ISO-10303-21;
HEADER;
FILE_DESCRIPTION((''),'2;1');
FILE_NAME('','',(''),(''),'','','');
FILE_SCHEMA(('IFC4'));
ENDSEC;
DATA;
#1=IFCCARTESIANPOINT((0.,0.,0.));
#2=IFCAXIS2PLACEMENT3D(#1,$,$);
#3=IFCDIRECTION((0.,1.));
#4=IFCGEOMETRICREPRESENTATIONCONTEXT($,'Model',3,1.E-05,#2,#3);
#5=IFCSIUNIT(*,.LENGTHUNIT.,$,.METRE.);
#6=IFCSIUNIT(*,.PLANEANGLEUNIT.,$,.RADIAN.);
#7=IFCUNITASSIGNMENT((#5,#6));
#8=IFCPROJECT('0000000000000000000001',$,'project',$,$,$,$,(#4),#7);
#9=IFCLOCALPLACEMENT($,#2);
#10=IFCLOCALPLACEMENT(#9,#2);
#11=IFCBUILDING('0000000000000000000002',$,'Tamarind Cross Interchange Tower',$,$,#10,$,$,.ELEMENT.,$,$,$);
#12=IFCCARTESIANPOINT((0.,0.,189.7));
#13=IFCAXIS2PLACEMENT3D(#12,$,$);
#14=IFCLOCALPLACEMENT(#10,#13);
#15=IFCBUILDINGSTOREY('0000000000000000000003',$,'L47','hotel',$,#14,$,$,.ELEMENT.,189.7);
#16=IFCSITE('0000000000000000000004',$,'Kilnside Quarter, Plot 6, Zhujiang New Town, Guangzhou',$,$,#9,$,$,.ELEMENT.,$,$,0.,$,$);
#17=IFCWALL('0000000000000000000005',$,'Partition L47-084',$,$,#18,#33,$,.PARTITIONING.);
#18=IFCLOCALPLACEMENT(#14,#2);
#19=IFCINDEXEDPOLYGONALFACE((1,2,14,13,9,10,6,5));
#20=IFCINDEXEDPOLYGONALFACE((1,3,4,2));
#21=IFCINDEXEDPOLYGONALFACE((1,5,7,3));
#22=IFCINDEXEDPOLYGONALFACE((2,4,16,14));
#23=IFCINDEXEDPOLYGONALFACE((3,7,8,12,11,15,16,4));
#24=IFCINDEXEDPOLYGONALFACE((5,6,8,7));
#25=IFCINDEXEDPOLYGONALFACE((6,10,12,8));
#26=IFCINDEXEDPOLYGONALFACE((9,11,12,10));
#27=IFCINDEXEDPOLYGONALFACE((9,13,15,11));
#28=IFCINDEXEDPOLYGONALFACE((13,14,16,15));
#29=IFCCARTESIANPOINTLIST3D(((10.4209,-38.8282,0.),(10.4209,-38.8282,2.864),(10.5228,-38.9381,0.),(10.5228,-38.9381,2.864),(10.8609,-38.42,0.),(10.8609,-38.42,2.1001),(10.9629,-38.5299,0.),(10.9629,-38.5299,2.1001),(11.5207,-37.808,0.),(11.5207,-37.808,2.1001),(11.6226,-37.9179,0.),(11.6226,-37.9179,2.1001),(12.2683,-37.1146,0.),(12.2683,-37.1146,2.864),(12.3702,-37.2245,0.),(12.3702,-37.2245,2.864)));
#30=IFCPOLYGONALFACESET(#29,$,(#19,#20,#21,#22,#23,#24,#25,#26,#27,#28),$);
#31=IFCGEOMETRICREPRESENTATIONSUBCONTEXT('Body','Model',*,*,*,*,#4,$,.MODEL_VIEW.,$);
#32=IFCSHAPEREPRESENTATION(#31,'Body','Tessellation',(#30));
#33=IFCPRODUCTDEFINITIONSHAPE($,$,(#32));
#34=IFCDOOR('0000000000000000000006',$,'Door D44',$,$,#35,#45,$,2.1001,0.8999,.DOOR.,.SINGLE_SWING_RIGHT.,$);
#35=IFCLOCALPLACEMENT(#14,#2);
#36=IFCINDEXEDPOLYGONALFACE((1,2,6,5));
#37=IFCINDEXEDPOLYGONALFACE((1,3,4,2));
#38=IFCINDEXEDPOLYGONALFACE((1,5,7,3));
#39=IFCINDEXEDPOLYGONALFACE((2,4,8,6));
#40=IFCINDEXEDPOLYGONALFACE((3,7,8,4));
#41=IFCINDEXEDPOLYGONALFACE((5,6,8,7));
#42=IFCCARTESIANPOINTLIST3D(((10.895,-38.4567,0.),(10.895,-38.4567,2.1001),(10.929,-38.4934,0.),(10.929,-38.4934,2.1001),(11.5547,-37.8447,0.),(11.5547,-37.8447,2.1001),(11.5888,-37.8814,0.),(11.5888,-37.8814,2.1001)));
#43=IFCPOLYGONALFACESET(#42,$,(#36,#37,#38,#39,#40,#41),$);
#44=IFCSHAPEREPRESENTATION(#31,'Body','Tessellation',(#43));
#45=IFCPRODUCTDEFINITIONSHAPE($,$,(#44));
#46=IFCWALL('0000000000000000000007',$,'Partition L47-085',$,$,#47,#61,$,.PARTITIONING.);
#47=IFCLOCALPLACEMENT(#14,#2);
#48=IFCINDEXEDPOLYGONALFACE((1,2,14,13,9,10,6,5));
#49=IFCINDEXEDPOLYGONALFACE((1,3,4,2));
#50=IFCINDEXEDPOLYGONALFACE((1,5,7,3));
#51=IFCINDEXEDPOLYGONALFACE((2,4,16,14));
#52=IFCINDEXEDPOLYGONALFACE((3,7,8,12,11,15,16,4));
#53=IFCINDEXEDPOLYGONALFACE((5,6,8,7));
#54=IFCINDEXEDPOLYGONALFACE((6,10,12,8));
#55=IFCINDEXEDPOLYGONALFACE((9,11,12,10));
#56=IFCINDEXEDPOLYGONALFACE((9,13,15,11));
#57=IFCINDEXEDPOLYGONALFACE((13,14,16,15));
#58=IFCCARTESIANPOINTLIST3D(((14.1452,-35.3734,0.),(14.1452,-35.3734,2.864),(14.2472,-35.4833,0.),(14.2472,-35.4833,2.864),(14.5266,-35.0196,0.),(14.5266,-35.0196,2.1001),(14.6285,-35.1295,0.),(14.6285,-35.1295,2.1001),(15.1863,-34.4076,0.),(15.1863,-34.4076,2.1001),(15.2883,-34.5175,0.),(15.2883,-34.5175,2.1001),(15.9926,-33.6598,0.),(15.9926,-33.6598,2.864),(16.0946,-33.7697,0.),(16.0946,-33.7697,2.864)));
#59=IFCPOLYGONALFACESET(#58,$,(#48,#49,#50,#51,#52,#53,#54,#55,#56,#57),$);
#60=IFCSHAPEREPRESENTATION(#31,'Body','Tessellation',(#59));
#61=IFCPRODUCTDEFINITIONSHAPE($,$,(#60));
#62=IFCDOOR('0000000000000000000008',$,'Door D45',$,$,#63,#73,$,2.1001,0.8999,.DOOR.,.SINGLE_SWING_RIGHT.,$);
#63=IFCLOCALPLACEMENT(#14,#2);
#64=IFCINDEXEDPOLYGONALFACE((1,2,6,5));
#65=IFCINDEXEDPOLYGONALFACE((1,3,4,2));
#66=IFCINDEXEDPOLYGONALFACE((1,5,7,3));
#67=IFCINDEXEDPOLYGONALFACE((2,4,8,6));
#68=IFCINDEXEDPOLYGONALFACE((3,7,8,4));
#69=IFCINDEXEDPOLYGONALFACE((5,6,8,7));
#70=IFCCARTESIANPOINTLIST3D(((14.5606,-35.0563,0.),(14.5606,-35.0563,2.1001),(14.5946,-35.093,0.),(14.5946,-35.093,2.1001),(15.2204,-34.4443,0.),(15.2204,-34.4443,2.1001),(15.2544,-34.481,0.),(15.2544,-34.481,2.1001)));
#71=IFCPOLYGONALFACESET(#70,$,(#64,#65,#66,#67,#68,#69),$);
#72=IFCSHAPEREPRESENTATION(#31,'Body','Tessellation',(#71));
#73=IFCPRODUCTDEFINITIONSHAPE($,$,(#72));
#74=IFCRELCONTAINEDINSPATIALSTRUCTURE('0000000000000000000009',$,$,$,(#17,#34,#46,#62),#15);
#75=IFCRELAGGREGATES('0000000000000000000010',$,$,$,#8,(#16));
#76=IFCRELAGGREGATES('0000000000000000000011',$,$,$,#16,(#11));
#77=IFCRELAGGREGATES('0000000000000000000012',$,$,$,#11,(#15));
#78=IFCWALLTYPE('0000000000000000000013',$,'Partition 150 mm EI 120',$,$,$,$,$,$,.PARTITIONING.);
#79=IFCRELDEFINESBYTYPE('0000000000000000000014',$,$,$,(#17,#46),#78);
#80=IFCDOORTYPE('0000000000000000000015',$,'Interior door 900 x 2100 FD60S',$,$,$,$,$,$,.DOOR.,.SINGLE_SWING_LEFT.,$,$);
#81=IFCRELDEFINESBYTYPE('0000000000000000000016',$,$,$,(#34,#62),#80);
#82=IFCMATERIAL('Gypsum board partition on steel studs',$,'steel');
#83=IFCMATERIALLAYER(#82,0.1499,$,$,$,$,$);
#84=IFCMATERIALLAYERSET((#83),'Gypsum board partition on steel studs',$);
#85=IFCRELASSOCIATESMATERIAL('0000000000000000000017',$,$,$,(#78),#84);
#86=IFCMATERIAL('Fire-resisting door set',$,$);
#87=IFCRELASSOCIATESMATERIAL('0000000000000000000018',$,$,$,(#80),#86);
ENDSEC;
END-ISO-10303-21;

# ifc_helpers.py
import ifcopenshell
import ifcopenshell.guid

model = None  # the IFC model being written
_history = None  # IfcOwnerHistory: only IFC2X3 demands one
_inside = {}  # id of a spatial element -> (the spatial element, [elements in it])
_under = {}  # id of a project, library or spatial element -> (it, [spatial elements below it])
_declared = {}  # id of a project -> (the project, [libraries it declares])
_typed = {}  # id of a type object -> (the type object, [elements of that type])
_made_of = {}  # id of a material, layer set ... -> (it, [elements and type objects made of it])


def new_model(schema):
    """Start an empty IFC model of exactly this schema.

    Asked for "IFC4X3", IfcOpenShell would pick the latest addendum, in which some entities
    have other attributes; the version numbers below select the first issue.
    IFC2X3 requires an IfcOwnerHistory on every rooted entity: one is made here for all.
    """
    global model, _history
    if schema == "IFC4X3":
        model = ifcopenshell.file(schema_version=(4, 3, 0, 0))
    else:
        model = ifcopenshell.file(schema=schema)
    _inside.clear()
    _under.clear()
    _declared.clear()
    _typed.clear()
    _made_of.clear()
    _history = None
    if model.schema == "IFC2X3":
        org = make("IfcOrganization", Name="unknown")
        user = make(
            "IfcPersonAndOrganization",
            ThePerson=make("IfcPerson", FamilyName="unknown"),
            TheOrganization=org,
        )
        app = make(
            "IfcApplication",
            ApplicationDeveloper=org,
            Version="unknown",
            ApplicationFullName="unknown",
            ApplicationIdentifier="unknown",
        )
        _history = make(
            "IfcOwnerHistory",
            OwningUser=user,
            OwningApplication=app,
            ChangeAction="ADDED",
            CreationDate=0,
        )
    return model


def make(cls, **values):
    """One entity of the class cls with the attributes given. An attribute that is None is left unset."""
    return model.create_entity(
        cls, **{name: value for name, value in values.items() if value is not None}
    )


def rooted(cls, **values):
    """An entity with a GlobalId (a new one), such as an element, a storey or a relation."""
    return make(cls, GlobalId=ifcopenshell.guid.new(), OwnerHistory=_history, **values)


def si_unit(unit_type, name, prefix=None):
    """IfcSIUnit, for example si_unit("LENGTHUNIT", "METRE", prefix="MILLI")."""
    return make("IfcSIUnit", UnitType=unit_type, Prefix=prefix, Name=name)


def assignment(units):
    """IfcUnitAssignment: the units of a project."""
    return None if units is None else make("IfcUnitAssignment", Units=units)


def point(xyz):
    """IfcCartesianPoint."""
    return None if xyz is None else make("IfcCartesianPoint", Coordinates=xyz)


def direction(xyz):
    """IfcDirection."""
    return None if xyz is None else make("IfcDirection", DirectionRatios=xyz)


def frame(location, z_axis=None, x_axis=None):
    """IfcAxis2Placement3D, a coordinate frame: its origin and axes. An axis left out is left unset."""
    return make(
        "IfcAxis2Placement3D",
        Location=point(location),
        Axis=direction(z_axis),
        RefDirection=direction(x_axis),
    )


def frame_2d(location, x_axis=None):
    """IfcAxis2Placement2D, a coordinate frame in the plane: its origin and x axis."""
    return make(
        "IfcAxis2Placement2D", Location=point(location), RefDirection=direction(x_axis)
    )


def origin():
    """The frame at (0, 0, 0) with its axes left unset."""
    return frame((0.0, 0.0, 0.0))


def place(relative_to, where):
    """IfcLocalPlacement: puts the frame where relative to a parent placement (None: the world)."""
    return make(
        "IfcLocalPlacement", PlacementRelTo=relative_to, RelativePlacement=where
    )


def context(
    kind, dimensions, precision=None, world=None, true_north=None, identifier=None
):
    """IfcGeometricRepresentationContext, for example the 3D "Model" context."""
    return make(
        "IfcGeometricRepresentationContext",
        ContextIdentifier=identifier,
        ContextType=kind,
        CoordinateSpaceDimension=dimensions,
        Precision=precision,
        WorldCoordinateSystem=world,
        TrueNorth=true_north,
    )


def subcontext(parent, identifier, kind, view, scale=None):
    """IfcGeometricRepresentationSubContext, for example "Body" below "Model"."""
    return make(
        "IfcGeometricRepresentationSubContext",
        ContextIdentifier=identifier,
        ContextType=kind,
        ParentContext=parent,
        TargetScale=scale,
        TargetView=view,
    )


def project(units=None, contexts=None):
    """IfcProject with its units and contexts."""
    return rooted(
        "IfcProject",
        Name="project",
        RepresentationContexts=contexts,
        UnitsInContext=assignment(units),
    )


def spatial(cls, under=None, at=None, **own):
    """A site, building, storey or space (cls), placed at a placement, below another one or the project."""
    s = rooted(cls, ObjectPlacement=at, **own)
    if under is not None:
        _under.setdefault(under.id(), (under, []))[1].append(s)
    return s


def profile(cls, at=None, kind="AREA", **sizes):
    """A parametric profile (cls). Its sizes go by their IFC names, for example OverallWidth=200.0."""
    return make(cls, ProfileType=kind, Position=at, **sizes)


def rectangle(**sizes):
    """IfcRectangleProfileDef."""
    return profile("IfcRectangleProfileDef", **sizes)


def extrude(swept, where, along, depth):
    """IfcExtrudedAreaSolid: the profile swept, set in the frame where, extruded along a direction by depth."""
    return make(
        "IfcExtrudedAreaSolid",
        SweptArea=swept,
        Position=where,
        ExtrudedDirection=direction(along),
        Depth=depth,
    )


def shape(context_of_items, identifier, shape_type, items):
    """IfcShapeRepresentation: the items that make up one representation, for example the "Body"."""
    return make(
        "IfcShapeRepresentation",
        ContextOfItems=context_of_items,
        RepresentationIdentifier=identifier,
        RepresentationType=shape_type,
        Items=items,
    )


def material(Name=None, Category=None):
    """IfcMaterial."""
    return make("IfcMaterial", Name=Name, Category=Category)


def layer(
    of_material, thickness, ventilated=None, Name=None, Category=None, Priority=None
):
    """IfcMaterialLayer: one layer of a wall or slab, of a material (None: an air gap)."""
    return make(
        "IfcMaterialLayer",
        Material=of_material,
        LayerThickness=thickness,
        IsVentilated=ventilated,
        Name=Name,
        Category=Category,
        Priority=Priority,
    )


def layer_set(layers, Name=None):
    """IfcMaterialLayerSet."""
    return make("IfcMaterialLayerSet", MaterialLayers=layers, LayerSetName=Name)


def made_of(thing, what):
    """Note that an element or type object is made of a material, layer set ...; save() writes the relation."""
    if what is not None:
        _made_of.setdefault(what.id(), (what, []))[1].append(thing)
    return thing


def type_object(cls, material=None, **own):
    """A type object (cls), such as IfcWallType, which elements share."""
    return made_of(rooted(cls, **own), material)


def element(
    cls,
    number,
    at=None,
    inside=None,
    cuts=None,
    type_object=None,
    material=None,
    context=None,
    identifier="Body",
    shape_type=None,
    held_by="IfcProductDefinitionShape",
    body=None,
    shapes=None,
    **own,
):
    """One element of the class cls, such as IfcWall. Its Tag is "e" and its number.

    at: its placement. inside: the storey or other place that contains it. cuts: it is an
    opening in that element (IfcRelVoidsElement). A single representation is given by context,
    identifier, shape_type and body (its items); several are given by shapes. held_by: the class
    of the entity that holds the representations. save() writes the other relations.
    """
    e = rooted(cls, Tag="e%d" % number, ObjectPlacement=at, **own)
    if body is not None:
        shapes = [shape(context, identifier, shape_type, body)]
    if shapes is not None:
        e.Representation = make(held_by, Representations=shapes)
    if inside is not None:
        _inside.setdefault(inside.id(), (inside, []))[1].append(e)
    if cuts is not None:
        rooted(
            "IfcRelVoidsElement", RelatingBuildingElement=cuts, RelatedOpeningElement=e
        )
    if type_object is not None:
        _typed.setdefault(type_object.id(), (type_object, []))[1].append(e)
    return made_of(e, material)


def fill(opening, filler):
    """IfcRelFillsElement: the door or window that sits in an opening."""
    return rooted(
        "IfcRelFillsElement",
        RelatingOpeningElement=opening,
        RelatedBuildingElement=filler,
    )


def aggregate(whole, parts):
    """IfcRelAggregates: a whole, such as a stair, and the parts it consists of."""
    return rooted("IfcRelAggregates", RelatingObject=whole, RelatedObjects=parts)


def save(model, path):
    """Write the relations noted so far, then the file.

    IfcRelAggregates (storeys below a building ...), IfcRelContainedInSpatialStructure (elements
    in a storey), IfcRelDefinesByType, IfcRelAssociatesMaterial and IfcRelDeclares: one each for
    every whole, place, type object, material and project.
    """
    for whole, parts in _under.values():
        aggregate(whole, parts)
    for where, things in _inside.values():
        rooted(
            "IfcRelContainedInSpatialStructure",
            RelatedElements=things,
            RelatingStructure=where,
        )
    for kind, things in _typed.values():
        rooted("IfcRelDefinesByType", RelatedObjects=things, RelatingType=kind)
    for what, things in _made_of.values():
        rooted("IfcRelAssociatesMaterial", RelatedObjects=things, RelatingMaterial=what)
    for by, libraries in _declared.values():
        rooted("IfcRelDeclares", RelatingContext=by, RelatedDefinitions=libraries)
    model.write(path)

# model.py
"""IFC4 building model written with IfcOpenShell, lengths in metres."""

from ifc_helpers import new_model, si_unit, direction, frame, frame_2d, origin, place, context, subcontext, project, spatial, rectangle, extrude, material, layer, layer_set, type_object, element, fill, save


model = new_model("IFC4")

# Units and contexts
model_context = context("Model", 3, precision=1e-05, world=origin(), true_north=direction((0.0, 1.0)))
body_context = subcontext(model_context, "Body", "Model", "MODEL_VIEW")
ifc_project = project(units=[si_unit("LENGTHUNIT", "METRE"), si_unit("PLANEANGLEUNIT", "RADIAN")], contexts=[model_context])

# Site, building, storey
site_placement = place(None, origin())
site = spatial("IfcSite", under=ifc_project, at=site_placement, Name="Kilnside Quarter, Plot 6, Zhujiang New Town, Guangzhou", CompositionType="ELEMENT", RefElevation=0.0)
building_placement = place(site_placement, origin())
building = spatial("IfcBuilding", under=site, at=building_placement, Name="Tamarind Cross Interchange Tower", CompositionType="ELEMENT")
storey_placement = place(building_placement, frame((0.0, 0.0, 189.7)))
storey = spatial("IfcBuildingStorey", under=building, at=storey_placement, Name="L47", Description="hotel", CompositionType="ELEMENT", Elevation=189.7)

# Shared definitions
ifc_material_1 = material(Name="Gypsum board partition on steel studs", Category="steel")
ifc_layer_1 = layer(ifc_material_1, 0.1499)
ifc_layer_set_1 = layer_set([ifc_layer_1], Name="Gypsum board partition on steel studs")
wall_type = type_object("IfcWallType", Name="Partition 150 mm EI 120", PredefinedType="PARTITIONING", material=ifc_layer_set_1)

# Walls, openings, doors
ifc_material_2 = material(Name="Fire-resisting door set")
wall_1_placement = place(storey_placement, frame((10.4719, -38.8831, 0.0), z_axis=(0.0, 0.0, 1.0), x_axis=(0.733156, 0.680061, 0.0)))
wall_1 = element("IfcWall", 1, at=wall_1_placement, inside=storey, type_object=wall_type, Name="Partition L47-084", PredefinedType="PARTITIONING", context=body_context, shape_type="SweptSolid", body=[
    extrude(rectangle(XDim=2.5198, YDim=0.1499, at=frame_2d((1.2598, 0.0))), origin(), (0.0, 0.0, 1.0), 2.864),
])
opening_1_placement = place(wall_1_placement, frame((0.6001, 0.0, 0.0)))
opening_1 = element("IfcOpeningElement", 2, at=opening_1_placement, cuts=wall_1, PredefinedType="OPENING", context=body_context, shape_type="SweptSolid", body=[
    extrude(rectangle(XDim=0.8999, YDim=2.1001, at=frame_2d((0.45, 1.05))), frame((0.0, 0.085, 0.0), z_axis=(0.0, -1.0, 0.0), x_axis=(1.0, 0.0, 0.0)), (0.0, 0.0, 1.0), 0.1699),
])
door_type_1 = type_object("IfcDoorType", Name="Interior door 900 x 2100 FD60S", OperationType="SINGLE_SWING_LEFT", PredefinedType="DOOR", material=ifc_material_2)
door_1_placement = place(opening_1_placement, origin())
door_1 = element("IfcDoor", 3, at=door_1_placement, inside=storey, type_object=door_type_1, Name="Door D44", OperationType="SINGLE_SWING_RIGHT", OverallHeight=2.1001, OverallWidth=0.8999, PredefinedType="DOOR", context=body_context, shape_type="SweptSolid", body=[
    extrude(rectangle(XDim=0.8999, YDim=2.1001, at=frame_2d((0.45, 1.05))), frame((0.0, 0.0249, 0.0), z_axis=(0.0, -1.0, 0.0), x_axis=(1.0, 0.0, 0.0)), (0.0, 0.0, 1.0), 0.05),
])
fill(opening_1, door_1)
wall_2_placement = place(storey_placement, frame((14.1963, -35.4282, 0.0), z_axis=(0.0, 0.0, 1.0), x_axis=(0.733156, 0.680061, 0.0)))
wall_2 = element("IfcWall", 4, at=wall_2_placement, inside=storey, type_object=wall_type, Name="Partition L47-085", PredefinedType="PARTITIONING", context=body_context, shape_type="SweptSolid", body=[
    extrude(rectangle(XDim=2.5198, YDim=0.1499, at=frame_2d((1.2598, 0.0))), origin(), (0.0, 0.0, 1.0), 2.864),
])
opening_2_placement = place(wall_2_placement, frame((0.52, 0.0, 0.0)))
opening_2 = element("IfcOpeningElement", 5, at=opening_2_placement, cuts=wall_2, PredefinedType="OPENING", context=body_context, shape_type="SweptSolid", body=[
    extrude(rectangle(XDim=0.8999, YDim=2.1001, at=frame_2d((0.45, 1.05))), frame((0.0, 0.085, 0.0), z_axis=(0.0, -1.0, 0.0), x_axis=(1.0, 0.0, 0.0)), (0.0, 0.0, 1.0), 0.1699),
])
door_2_placement = place(opening_2_placement, origin())
door_2 = element("IfcDoor", 6, at=door_2_placement, inside=storey, type_object=door_type_1, Name="Door D45", OperationType="SINGLE_SWING_RIGHT", OverallHeight=2.1001, OverallWidth=0.8999, PredefinedType="DOOR", context=body_context, shape_type="SweptSolid", body=[
    extrude(rectangle(XDim=0.8999, YDim=2.1001, at=frame_2d((0.45, 1.05))), frame((0.0, 0.0249, 0.0), z_axis=(0.0, -1.0, 0.0), x_axis=(1.0, 0.0, 0.0)), (0.0, 0.0, 1.0), 0.05),
])
fill(opening_2, door_2)

save(model, "model.ifc")
